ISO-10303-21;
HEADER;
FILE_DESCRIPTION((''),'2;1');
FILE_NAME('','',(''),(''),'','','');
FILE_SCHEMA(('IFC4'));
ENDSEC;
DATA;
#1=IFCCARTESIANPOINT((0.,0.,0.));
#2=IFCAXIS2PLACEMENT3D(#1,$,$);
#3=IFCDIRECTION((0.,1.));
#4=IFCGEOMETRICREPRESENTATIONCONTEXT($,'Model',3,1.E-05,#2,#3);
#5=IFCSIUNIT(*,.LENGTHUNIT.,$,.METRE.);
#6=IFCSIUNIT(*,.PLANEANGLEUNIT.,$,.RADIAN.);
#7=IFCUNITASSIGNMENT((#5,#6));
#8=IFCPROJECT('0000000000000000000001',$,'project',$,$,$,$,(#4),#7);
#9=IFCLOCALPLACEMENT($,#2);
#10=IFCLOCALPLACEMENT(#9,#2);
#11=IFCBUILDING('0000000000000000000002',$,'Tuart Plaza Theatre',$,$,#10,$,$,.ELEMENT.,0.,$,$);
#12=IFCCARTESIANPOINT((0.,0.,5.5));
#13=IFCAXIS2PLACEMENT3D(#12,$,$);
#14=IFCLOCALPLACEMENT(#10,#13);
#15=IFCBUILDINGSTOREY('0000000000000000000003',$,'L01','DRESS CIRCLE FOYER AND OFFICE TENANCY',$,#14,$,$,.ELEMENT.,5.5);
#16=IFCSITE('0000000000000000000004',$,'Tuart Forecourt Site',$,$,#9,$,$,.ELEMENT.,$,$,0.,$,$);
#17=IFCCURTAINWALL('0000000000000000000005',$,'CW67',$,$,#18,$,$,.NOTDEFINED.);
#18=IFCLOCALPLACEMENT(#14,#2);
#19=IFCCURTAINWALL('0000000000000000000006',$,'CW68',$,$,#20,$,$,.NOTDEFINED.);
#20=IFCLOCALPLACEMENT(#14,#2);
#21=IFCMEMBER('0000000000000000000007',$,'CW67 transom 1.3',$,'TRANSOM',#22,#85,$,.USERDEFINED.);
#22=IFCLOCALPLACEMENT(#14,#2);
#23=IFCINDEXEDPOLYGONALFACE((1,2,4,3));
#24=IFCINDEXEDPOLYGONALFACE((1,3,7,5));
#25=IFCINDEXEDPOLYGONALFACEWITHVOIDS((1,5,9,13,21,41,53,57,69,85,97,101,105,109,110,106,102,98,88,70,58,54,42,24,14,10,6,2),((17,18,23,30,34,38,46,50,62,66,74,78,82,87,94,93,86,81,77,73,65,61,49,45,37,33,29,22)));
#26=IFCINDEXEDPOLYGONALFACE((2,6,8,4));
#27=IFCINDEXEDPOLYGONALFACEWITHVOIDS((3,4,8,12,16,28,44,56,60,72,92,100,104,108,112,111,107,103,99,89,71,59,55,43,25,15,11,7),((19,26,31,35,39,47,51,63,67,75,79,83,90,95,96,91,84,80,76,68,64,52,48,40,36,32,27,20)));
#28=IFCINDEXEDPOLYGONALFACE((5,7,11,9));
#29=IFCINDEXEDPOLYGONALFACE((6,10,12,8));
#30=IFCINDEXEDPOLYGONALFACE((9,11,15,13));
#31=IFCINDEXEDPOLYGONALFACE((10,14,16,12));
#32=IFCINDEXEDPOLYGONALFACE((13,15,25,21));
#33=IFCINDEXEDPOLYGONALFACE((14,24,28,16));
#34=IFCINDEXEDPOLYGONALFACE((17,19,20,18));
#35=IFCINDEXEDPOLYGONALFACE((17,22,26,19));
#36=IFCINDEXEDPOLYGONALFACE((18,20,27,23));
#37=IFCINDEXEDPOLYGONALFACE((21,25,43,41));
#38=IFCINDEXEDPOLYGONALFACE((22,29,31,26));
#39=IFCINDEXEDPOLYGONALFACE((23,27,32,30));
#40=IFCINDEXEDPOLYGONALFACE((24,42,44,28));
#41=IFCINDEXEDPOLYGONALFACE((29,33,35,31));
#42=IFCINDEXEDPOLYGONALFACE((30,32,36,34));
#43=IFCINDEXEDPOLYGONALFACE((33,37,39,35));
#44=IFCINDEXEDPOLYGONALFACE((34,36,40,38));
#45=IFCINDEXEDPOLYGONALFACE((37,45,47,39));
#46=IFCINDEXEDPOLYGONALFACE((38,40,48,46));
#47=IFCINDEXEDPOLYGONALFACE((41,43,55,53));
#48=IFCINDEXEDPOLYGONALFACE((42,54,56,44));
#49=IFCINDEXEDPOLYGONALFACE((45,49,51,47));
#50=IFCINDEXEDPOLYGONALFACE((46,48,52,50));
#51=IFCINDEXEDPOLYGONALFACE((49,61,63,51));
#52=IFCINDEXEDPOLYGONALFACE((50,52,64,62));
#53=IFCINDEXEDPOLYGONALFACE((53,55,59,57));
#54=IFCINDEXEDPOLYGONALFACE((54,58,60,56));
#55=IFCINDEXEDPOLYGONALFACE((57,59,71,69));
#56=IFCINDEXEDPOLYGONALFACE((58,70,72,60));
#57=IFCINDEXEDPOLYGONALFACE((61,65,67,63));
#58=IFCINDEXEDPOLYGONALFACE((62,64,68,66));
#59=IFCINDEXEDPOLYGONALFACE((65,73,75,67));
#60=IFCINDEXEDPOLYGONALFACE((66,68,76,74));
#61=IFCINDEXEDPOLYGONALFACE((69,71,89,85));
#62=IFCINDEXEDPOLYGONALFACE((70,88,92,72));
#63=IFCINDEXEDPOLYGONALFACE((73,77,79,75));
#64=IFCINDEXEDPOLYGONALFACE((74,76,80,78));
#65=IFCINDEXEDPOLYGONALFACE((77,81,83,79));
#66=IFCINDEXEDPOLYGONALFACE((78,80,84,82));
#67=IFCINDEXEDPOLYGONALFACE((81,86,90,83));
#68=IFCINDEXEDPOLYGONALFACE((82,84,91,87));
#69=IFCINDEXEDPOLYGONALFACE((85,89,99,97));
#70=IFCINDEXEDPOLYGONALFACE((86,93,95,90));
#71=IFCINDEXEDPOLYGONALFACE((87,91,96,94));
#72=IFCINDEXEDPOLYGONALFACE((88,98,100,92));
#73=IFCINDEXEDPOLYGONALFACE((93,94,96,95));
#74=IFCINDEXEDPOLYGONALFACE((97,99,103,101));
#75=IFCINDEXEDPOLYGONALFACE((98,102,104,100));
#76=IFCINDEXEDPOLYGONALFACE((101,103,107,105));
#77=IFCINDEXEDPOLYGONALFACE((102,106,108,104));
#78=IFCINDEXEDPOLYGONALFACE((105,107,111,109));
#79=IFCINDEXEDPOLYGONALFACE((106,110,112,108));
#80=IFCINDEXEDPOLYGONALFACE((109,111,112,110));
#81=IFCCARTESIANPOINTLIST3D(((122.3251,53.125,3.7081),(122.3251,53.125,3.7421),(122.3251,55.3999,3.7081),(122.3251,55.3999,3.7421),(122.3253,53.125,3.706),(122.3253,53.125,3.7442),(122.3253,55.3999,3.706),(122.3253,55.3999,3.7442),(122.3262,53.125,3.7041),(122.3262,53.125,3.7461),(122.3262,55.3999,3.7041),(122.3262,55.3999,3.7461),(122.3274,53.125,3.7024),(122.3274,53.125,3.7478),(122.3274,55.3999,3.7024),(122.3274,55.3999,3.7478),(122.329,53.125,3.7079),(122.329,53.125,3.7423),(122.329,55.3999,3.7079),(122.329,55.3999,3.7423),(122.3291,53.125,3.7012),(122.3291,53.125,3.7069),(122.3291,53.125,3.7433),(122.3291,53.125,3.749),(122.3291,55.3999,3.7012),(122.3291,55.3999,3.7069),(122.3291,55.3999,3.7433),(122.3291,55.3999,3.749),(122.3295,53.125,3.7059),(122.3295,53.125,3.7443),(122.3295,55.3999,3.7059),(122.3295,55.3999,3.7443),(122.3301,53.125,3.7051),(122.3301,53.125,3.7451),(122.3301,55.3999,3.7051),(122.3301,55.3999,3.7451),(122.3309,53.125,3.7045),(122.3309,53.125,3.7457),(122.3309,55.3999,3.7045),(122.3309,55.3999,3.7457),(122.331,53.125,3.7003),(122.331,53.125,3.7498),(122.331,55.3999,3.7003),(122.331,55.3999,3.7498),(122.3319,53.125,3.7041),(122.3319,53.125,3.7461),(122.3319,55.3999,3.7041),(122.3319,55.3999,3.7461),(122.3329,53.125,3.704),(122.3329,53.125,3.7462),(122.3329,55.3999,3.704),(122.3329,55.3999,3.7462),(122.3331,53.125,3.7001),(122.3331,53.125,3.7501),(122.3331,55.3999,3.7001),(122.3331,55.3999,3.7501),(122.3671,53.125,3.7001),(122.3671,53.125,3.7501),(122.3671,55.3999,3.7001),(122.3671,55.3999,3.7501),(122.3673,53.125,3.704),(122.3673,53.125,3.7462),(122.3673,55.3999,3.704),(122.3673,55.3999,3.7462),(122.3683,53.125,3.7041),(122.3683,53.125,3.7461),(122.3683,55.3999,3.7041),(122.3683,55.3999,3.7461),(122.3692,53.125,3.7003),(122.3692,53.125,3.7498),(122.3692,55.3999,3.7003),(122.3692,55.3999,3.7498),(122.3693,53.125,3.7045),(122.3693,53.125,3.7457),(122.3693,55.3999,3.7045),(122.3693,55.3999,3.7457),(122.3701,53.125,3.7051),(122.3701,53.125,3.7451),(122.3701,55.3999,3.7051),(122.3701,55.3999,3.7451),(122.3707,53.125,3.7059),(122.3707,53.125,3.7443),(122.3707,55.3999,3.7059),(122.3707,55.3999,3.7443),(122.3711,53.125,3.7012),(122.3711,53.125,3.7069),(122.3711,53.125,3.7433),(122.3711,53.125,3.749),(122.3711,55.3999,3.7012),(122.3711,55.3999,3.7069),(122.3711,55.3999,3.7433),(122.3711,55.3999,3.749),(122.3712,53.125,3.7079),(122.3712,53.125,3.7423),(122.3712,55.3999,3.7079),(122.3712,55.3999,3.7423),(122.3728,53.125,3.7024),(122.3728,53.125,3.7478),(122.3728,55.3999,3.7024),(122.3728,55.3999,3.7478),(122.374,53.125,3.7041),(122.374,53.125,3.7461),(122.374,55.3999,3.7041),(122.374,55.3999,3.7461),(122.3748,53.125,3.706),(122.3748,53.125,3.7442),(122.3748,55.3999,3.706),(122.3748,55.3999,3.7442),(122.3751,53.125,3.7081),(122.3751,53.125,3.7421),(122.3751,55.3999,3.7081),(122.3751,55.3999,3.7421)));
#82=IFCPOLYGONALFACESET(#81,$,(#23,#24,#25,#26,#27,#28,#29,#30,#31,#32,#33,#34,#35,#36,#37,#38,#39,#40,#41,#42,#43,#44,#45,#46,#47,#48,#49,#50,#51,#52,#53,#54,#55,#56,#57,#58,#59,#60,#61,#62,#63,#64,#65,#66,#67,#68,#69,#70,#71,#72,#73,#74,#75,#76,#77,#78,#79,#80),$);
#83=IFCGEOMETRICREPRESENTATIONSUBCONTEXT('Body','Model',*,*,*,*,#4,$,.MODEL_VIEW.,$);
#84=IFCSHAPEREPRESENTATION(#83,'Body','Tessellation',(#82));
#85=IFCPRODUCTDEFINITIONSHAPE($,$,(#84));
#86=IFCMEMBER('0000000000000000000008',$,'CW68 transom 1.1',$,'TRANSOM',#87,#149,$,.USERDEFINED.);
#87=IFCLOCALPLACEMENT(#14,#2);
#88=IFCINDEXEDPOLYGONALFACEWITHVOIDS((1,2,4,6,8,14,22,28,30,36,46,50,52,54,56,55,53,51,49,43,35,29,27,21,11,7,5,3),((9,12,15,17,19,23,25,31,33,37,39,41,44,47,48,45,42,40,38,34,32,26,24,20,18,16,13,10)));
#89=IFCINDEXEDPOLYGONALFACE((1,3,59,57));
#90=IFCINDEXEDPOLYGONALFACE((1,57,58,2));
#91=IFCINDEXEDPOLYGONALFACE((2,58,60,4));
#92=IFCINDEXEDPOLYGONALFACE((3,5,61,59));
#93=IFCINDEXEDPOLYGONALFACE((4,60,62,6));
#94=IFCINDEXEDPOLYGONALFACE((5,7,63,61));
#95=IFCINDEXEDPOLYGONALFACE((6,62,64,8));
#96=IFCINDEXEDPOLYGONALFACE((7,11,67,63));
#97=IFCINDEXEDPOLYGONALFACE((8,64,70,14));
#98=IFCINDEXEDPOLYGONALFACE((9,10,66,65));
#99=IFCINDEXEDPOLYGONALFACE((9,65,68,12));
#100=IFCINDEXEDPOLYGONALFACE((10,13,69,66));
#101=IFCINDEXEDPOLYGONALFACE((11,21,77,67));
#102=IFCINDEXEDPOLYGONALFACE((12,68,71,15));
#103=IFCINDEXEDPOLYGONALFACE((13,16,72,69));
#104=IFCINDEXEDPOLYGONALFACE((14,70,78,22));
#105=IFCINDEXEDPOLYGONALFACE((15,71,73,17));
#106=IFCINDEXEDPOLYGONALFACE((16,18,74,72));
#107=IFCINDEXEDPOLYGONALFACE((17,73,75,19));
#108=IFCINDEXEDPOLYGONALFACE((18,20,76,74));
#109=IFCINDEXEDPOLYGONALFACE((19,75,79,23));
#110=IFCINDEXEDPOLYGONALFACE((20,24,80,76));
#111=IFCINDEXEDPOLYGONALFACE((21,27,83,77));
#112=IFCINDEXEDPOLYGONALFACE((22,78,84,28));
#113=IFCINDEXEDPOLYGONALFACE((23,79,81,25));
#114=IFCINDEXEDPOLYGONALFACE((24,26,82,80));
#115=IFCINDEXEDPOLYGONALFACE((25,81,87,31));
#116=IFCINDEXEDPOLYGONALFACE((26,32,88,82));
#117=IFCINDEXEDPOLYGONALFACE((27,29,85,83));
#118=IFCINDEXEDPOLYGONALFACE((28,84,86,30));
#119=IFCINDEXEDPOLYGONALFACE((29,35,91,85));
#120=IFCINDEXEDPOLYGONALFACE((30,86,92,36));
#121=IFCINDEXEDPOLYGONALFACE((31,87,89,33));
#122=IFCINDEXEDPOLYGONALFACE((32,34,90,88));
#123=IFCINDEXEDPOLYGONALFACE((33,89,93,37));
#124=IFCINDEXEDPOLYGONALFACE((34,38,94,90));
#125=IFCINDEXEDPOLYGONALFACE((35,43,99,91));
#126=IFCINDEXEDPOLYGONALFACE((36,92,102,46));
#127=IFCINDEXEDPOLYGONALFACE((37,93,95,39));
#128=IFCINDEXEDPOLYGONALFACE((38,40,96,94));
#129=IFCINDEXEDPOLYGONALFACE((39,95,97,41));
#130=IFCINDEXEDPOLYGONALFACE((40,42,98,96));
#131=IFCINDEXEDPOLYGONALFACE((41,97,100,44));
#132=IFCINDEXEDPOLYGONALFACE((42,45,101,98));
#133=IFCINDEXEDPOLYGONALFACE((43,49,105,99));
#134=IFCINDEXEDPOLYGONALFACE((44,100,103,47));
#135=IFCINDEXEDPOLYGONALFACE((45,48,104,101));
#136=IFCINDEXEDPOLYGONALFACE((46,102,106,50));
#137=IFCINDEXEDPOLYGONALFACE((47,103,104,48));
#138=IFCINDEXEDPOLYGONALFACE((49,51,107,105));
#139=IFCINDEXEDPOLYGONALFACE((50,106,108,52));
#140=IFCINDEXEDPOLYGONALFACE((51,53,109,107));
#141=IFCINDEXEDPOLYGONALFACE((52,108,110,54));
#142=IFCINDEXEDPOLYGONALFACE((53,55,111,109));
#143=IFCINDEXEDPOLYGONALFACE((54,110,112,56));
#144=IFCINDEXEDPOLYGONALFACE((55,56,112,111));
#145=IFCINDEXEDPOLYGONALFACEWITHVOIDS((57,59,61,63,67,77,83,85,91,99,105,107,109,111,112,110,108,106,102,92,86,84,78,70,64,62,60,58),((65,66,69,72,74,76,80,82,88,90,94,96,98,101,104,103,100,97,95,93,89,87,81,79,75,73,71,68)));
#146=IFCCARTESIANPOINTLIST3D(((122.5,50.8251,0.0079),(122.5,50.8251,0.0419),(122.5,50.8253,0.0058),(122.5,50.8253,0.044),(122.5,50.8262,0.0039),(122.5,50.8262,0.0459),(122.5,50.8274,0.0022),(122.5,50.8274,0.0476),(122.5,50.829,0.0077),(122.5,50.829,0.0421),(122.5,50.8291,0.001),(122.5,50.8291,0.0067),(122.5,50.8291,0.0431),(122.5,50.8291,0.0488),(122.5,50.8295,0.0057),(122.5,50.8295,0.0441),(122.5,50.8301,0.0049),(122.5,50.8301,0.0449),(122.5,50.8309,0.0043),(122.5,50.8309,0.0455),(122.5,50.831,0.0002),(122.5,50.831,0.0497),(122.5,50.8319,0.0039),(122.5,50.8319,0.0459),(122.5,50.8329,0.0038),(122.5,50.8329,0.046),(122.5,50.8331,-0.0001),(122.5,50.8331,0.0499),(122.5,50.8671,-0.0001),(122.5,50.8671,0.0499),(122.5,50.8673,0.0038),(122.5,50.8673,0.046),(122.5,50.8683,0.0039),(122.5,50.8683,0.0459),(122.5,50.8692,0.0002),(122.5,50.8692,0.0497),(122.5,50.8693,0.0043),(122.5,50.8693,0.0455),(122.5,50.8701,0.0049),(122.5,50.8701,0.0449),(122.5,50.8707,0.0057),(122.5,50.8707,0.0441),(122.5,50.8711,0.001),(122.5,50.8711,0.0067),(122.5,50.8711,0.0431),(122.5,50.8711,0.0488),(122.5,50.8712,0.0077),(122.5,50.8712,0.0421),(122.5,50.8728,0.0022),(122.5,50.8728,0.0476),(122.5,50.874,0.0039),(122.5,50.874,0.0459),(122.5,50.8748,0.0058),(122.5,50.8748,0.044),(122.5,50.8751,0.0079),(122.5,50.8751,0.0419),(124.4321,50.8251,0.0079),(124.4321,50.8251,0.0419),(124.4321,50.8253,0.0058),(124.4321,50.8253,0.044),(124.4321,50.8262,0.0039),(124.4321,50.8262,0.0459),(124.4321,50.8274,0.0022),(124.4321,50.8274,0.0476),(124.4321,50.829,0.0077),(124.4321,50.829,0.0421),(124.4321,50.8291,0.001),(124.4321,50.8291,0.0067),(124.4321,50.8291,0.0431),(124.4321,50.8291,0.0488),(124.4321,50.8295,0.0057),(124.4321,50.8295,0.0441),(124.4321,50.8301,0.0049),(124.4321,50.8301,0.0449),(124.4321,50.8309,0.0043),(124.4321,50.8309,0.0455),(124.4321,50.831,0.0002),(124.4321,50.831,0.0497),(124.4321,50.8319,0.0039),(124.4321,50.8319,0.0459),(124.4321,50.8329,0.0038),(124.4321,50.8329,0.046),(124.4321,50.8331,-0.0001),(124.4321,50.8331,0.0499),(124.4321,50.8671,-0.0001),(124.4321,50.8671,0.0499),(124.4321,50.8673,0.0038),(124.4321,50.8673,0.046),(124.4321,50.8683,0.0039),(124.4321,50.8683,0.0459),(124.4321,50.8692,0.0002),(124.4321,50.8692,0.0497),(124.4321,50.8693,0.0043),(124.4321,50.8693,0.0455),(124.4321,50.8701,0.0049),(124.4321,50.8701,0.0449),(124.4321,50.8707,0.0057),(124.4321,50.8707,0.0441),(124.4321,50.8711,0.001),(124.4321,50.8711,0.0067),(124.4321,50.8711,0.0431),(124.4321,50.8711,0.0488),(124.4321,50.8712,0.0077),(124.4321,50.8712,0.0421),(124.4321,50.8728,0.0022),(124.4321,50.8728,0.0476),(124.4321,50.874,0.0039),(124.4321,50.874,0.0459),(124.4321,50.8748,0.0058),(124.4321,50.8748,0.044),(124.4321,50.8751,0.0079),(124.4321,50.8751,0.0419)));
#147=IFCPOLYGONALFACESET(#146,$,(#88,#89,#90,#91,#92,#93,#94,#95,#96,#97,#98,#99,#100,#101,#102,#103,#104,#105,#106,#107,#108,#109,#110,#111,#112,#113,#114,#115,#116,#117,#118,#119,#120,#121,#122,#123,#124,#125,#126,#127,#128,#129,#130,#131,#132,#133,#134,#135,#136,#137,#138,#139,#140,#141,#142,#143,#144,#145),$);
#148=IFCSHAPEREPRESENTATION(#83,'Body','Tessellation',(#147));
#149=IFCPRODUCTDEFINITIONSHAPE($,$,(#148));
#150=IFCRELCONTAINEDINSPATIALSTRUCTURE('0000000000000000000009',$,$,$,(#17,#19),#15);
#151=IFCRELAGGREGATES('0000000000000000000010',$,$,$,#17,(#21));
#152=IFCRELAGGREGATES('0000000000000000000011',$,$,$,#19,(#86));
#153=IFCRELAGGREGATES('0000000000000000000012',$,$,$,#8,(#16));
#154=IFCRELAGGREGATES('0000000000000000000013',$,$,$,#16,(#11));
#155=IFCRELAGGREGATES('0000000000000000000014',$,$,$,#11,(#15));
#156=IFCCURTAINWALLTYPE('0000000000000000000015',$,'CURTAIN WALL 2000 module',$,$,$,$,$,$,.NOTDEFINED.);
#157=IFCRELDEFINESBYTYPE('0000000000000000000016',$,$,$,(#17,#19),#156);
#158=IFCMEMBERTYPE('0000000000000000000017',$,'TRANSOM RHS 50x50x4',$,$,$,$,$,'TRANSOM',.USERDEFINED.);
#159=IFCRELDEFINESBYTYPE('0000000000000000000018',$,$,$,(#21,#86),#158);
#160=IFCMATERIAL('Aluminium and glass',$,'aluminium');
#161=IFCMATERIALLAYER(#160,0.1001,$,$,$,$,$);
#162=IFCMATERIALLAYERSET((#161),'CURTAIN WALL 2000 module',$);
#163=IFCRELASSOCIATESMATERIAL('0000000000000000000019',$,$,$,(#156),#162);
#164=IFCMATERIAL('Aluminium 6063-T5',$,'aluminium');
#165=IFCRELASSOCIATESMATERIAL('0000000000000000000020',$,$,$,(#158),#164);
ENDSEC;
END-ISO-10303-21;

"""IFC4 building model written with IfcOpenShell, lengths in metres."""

from ifc_helpers import new_model, si_unit, direction, frame, origin, origin_2d, place, context, subcontext, project, spatial, hollow_rectangle, extrude, material, layer, layer_set, material_profile, profile_set, type_object, element, aggregate, save


model = new_model("IFC4")

# Units and contexts
model_context = context("Model", 3, precision=1e-05, world=origin(), true_north=direction((0.0, 1.0)))
body_context = subcontext(model_context, "Body", "Model", "MODEL_VIEW")
ifc_project = project(units=[si_unit("LENGTHUNIT", "METRE"), si_unit("PLANEANGLEUNIT", "RADIAN")], contexts=[model_context])

# Site, building, storey
site_placement = place(None, origin())
site = spatial("IfcSite", under=ifc_project, at=site_placement, Name="Tuart Forecourt Site", CompositionType="ELEMENT", RefElevation=0.0)
building_placement = place(site_placement, origin())
building = spatial("IfcBuilding", under=site, at=building_placement, Name="Tuart Plaza Theatre", CompositionType="ELEMENT", ElevationOfRefHeight=0.0)
storey_placement = place(building_placement, frame((0.0, 0.0, 5.5)))
storey = spatial("IfcBuildingStorey", under=building, at=storey_placement, Name="L01", Description="DRESS CIRCLE FOYER AND OFFICE TENANCY", CompositionType="ELEMENT", Elevation=5.5)

# Curtain walls
ifc_material_1 = material(Name="Aluminium and glass", Category="aluminium")
ifc_layer_1 = layer(ifc_material_1, 0.1001)
ifc_layer_set_1 = layer_set([ifc_layer_1], Name="CURTAIN WALL 2000 module")
curtain_wall_type = type_object("IfcCurtainWallType", Name="CURTAIN WALL 2000 module", PredefinedType="NOTDEFINED", material=ifc_layer_set_1)
curtain_wall_1_placement = place(storey_placement, origin())
curtain_wall_1 = element("IfcCurtainWall", 1, at=curtain_wall_1_placement, inside=storey, type_object=curtain_wall_type, Name="CW67", PredefinedType="NOTDEFINED")
curtain_wall_2_placement = place(storey_placement, origin())
curtain_wall_2 = element("IfcCurtainWall", 2, at=curtain_wall_2_placement, inside=storey, type_object=curtain_wall_type, Name="CW68", PredefinedType="NOTDEFINED")

# Members
ifc_material_2 = material(Name="Aluminium 6063-T5", Category="aluminium")
ifc_material_profile_1 = material_profile(ifc_material_2, hollow_rectangle(XDim=0.05, YDim=0.05, WallThickness=0.0039, InnerFilletRadius=0.0039, OuterFilletRadius=0.0081, at=origin_2d()), Name="RHS 50x50x4")
ifc_profile_set_1 = profile_set([ifc_material_profile_1], Name="Aluminium 6063-T5")
member_type_1 = type_object("IfcMemberType", Name="TRANSOM RHS 50x50x4", ElementType="TRANSOM", PredefinedType="USERDEFINED", material=ifc_profile_set_1)
member_1_placement = place(storey_placement, frame((122.3501, 55.3999, 3.7251), z_axis=(0.0, -1.0, 0.0), x_axis=(1.0, 0.0, 0.0)))
member_1 = element("IfcMember", 3, at=member_1_placement, type_object=member_type_1, Name="CW67 transom 1.3", ObjectType="TRANSOM", PredefinedType="USERDEFINED", context=body_context, shape_type="SweptSolid", body=[
    extrude(hollow_rectangle(XDim=0.05, YDim=0.05, WallThickness=0.0039, InnerFilletRadius=0.0039, OuterFilletRadius=0.0081, at=origin_2d()), origin(), (0.0, 0.0, 1.0), 2.2749),
])
member_2_placement = place(storey_placement, frame((122.5, 50.8501, 0.0249), z_axis=(1.0, 0.0, 0.0), x_axis=(0.0, 1.0, 0.0)))
member_2 = element("IfcMember", 4, at=member_2_placement, type_object=member_type_1, Name="CW68 transom 1.1", ObjectType="TRANSOM", PredefinedType="USERDEFINED", context=body_context, shape_type="SweptSolid", body=[
    extrude(hollow_rectangle(XDim=0.05, YDim=0.05, WallThickness=0.0039, InnerFilletRadius=0.0039, OuterFilletRadius=0.0081, at=origin_2d()), origin(), (0.0, 0.0, 1.0), 1.9321),
])

aggregate(curtain_wall_1, [member_1])
aggregate(curtain_wall_2, [member_2])

save(model, "model.ifc")
